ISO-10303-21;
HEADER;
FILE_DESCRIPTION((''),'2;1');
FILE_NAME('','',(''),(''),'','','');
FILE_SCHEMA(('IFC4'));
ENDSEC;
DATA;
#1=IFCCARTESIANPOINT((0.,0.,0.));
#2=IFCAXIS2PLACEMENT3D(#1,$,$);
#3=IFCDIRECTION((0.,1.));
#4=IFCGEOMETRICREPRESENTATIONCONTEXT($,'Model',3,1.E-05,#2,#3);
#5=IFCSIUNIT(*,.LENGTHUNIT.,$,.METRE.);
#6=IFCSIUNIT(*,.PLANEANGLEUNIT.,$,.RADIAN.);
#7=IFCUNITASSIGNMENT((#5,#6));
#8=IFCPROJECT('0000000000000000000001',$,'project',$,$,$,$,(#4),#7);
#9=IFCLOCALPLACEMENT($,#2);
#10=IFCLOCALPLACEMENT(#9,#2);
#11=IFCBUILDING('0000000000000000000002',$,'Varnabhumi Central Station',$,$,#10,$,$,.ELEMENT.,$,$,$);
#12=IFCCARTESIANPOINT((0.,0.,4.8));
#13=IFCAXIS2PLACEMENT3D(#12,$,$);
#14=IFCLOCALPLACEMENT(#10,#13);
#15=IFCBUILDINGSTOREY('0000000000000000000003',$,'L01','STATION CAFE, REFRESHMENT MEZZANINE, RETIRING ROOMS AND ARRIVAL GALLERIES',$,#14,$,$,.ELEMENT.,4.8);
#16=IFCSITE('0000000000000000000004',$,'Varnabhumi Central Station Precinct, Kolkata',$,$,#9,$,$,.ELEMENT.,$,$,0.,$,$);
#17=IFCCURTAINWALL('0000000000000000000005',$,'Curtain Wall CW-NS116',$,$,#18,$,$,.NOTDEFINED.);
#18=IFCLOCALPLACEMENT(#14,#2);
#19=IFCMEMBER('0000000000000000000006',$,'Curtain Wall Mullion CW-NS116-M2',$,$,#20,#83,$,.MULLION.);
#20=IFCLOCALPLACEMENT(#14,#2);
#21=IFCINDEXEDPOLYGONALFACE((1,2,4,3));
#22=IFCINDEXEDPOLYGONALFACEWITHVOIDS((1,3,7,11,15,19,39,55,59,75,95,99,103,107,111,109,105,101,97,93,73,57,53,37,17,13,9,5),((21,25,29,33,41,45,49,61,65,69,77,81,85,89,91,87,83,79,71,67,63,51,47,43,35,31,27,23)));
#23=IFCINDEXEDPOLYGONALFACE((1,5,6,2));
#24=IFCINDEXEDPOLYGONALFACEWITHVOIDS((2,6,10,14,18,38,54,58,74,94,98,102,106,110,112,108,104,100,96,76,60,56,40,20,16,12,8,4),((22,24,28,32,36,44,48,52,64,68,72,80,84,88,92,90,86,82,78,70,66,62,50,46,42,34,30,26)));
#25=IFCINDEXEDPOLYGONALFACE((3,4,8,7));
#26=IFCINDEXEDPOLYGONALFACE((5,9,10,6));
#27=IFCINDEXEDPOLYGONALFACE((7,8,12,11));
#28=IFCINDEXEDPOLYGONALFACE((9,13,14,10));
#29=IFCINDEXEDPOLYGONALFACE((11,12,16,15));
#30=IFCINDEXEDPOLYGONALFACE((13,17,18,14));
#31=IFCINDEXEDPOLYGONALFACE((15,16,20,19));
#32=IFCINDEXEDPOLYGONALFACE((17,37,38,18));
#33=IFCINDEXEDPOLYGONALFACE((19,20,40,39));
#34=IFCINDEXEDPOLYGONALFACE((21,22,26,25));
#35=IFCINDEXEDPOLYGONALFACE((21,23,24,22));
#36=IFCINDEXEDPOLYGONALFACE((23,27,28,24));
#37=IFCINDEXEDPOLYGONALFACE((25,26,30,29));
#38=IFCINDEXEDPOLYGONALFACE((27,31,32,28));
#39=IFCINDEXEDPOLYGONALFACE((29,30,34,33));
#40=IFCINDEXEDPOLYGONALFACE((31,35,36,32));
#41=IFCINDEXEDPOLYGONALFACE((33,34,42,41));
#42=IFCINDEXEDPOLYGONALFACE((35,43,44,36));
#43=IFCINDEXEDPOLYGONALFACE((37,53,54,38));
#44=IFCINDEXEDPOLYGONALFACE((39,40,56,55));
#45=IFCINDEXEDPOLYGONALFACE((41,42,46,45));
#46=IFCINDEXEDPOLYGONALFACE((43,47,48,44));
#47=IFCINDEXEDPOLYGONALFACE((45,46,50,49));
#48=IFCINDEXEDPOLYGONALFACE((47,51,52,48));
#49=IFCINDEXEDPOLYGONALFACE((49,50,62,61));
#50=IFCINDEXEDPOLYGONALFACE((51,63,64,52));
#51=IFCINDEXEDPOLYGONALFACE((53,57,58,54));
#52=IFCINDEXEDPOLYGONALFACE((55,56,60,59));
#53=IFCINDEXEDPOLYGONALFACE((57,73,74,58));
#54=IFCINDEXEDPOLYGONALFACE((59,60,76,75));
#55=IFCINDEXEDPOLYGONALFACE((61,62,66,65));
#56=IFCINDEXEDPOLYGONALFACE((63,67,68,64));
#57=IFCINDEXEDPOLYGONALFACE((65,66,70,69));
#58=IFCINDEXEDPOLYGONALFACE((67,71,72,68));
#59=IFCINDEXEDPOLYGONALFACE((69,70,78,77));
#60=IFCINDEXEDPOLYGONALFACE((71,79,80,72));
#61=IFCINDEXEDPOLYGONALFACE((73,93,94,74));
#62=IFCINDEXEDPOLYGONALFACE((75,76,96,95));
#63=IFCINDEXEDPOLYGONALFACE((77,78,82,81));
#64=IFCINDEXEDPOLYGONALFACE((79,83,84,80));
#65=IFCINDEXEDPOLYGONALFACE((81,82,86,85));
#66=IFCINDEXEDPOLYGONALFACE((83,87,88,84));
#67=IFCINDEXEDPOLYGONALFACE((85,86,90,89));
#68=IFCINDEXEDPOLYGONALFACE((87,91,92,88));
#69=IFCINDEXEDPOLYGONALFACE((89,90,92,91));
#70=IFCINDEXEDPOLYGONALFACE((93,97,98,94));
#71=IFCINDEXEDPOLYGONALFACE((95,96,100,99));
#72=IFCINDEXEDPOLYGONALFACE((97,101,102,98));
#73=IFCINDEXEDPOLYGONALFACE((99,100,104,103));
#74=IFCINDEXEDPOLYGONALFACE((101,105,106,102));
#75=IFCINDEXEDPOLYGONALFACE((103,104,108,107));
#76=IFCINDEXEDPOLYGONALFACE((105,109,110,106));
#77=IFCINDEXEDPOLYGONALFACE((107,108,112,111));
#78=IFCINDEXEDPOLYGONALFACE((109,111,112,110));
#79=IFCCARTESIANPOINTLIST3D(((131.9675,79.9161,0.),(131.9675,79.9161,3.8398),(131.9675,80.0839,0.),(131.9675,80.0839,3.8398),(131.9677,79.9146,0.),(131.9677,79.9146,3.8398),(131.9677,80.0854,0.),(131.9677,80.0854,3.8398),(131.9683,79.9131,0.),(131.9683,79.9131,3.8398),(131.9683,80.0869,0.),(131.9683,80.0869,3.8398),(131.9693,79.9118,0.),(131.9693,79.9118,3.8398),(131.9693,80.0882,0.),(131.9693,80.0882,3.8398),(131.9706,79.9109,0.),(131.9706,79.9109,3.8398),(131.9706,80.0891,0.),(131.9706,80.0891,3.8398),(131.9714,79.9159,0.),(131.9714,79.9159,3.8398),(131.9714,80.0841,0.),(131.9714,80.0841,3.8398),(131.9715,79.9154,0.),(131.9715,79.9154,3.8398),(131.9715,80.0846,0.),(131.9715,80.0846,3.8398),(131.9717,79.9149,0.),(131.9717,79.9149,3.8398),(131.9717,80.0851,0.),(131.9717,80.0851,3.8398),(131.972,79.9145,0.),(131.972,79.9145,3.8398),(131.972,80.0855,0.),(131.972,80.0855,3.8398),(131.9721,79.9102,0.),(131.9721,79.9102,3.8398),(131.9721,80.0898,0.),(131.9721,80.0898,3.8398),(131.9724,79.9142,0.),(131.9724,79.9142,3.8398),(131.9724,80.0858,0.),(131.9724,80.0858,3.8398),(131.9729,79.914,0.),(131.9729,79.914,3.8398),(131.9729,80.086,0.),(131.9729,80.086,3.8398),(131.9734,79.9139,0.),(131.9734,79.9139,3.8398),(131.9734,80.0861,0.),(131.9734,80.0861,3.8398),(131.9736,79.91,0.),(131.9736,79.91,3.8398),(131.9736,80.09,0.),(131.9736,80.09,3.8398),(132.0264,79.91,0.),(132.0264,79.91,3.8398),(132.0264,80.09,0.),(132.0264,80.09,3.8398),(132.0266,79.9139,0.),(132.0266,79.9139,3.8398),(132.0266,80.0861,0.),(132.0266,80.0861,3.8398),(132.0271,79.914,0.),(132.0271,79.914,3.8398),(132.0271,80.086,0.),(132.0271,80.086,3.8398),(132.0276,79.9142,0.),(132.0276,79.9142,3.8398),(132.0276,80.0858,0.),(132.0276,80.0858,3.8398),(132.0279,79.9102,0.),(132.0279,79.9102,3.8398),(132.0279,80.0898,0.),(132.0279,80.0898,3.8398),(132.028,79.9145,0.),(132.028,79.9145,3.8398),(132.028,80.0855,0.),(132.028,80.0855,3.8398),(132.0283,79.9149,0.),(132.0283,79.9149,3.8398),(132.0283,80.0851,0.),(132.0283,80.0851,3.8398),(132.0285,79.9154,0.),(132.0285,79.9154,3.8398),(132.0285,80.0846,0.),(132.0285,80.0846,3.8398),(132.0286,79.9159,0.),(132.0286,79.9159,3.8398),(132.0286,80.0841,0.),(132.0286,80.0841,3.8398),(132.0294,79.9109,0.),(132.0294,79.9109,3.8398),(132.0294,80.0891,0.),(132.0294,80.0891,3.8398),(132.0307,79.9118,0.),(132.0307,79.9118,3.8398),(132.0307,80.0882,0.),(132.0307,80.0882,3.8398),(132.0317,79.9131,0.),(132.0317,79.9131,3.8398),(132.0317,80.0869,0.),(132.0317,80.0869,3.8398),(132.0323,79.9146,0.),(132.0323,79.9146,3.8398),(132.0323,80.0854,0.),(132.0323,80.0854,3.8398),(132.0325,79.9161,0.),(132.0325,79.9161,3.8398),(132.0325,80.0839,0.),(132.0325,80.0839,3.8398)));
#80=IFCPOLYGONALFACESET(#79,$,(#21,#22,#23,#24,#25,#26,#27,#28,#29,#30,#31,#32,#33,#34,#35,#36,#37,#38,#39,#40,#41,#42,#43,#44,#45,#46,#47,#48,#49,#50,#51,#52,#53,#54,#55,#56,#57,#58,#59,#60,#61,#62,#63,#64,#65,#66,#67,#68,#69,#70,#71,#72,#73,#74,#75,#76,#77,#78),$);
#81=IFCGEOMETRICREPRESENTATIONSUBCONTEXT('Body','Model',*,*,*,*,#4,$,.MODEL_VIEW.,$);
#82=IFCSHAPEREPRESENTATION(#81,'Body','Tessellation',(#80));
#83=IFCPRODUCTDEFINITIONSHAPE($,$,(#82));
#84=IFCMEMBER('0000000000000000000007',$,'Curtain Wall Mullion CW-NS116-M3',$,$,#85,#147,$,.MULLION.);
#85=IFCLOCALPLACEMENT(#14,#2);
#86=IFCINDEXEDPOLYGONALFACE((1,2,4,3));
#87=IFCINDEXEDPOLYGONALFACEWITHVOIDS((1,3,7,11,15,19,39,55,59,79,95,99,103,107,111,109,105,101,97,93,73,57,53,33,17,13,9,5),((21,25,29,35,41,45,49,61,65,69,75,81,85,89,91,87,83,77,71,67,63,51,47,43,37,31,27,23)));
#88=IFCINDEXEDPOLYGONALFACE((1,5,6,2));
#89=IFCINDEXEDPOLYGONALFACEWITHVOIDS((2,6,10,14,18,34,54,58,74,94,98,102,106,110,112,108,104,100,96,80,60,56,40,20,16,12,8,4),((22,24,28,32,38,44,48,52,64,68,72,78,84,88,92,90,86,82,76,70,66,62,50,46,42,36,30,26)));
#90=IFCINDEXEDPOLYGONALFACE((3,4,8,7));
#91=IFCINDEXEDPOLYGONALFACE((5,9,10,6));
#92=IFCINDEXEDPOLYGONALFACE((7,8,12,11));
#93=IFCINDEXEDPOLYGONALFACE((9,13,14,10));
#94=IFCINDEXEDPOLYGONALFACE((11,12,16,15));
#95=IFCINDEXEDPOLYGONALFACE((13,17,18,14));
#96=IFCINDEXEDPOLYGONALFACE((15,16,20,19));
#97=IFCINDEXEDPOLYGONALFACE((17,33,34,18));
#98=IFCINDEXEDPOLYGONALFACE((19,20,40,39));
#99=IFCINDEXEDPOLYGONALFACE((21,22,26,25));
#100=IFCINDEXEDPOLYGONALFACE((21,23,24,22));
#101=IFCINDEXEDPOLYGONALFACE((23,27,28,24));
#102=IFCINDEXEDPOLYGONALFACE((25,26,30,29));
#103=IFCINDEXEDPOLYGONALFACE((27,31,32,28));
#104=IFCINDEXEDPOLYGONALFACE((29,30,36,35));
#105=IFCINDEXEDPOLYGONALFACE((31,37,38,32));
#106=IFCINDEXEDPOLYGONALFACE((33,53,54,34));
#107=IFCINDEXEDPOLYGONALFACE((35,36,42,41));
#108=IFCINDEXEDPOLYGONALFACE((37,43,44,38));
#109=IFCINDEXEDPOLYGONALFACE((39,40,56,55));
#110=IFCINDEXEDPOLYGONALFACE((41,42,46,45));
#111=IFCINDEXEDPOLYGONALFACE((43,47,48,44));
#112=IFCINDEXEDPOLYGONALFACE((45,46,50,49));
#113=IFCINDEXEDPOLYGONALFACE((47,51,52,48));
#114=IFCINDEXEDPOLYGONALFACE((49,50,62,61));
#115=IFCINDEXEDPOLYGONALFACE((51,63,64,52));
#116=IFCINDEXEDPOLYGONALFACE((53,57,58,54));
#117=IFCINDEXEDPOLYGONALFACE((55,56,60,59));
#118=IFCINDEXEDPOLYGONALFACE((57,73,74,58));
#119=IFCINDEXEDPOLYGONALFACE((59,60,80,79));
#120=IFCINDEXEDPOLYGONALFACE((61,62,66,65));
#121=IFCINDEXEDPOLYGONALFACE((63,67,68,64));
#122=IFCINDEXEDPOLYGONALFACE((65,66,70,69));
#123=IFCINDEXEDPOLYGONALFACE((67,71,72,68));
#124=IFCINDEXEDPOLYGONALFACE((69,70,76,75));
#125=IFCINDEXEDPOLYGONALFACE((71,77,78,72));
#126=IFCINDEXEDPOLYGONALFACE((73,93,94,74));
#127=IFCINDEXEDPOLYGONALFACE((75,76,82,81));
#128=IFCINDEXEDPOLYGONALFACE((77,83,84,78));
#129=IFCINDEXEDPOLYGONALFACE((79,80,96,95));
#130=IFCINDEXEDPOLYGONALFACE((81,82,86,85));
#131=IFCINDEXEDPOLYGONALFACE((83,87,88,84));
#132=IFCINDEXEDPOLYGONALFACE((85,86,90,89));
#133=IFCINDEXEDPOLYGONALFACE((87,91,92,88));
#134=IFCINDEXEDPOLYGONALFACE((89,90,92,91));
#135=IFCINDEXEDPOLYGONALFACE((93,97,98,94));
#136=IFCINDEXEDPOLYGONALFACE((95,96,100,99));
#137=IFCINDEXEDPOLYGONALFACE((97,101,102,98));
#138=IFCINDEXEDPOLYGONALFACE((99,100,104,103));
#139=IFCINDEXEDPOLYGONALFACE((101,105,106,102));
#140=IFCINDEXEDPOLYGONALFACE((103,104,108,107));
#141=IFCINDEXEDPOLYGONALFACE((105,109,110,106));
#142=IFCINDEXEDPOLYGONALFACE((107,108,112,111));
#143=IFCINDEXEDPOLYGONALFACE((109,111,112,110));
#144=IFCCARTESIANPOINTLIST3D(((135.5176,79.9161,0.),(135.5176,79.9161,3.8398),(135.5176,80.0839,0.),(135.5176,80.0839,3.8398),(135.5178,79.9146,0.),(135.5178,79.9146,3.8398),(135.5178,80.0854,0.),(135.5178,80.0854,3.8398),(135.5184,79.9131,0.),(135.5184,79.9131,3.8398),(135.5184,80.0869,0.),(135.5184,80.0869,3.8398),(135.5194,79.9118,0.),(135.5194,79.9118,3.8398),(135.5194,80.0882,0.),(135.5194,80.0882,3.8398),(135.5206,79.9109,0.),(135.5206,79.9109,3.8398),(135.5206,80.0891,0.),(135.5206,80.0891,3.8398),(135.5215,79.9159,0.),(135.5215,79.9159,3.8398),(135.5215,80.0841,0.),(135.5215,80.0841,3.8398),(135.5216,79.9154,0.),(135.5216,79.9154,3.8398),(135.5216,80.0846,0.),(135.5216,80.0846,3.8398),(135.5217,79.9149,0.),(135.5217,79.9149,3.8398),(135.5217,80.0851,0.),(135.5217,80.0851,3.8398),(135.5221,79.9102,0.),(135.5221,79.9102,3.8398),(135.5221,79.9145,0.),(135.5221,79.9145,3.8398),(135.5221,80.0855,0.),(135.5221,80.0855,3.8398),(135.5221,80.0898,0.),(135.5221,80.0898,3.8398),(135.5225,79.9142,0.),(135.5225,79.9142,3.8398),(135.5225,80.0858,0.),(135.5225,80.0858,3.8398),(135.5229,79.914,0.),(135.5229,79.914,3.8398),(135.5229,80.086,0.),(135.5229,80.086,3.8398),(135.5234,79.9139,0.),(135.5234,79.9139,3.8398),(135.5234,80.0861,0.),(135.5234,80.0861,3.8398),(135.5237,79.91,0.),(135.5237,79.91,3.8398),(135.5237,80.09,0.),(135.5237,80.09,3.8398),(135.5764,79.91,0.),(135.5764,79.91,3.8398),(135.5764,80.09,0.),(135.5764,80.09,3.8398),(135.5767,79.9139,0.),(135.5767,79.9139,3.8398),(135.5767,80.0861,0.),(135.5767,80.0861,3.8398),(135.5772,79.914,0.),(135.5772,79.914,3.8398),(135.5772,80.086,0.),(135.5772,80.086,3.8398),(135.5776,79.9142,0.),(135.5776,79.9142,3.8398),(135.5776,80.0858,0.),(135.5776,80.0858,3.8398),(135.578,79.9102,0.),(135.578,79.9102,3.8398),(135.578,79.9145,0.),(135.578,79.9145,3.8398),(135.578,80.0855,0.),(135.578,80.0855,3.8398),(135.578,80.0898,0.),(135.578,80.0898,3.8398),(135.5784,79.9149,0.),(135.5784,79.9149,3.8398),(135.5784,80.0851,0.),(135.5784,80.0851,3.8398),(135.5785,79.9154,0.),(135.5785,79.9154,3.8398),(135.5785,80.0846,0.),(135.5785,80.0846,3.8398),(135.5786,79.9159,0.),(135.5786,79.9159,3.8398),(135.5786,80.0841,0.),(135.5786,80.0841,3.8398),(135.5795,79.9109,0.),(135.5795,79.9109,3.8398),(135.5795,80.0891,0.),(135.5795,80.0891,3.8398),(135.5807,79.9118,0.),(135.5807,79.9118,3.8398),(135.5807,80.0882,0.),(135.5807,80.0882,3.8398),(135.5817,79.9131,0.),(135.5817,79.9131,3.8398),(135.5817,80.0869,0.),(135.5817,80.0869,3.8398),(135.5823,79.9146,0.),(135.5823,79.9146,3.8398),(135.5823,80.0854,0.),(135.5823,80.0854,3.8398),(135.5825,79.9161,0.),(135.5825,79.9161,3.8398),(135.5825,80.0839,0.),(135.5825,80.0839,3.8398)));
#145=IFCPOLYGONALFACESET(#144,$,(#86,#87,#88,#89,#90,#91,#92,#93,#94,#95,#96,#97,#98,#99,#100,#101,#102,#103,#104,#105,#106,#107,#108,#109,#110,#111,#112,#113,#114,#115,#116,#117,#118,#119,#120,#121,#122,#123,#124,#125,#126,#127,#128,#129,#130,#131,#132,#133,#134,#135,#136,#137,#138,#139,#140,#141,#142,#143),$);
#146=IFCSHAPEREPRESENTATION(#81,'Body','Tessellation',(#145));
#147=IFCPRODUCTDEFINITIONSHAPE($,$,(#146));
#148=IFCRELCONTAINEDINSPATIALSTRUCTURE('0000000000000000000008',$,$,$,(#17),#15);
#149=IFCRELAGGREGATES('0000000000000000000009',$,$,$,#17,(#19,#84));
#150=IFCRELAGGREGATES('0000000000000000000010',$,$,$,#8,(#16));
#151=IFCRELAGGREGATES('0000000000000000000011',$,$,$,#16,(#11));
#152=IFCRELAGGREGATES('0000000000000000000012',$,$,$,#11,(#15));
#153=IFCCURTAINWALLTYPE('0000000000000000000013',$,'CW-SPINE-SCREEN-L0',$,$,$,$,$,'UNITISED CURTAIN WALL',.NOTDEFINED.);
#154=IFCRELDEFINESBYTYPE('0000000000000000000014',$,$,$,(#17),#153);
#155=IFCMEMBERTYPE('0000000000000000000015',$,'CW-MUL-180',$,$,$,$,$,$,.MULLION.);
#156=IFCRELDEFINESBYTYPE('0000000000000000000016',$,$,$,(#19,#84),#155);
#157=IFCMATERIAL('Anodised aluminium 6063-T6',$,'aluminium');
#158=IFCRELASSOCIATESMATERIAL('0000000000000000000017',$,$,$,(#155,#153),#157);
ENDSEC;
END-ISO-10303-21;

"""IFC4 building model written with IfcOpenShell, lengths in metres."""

from ifc_helpers import new_model, si_unit, direction, frame, origin, origin_2d, place, context, subcontext, project, spatial, hollow_rectangle, extrude, material, material_profile, profile_set, type_object, element, aggregate, save


model = new_model("IFC4")

# Units and contexts
model_context = context("Model", 3, precision=1e-05, world=origin(), true_north=direction((0.0, 1.0)))
body_context = subcontext(model_context, "Body", "Model", "MODEL_VIEW")
ifc_project = project(units=[si_unit("LENGTHUNIT", "METRE"), si_unit("PLANEANGLEUNIT", "RADIAN")], contexts=[model_context])

# Site, building, storey
site_placement = place(None, origin())
site = spatial("IfcSite", under=ifc_project, at=site_placement, Name="Varnabhumi Central Station Precinct, Kolkata", CompositionType="ELEMENT", RefElevation=0.0)
building_placement = place(site_placement, origin())
building = spatial("IfcBuilding", under=site, at=building_placement, Name="Varnabhumi Central Station", CompositionType="ELEMENT")
storey_placement = place(building_placement, frame((0.0, 0.0, 4.8)))
storey = spatial("IfcBuildingStorey", under=building, at=storey_placement, Name="L01", Description="STATION CAFE, REFRESHMENT MEZZANINE, RETIRING ROOMS AND ARRIVAL GALLERIES", CompositionType="ELEMENT", Elevation=4.8)

# Curtain wall, members
ifc_material_1 = material(Name="Anodised aluminium 6063-T6", Category="aluminium")
ifc_material_profile_1 = material_profile(ifc_material_1, hollow_rectangle(XDim=0.0649, YDim=0.1799, WallThickness=0.0039, InnerFilletRadius=0.002, OuterFilletRadius=0.0061, at=origin_2d()), Name="Anodised aluminium 6063-T6", Category="aluminium")
ifc_profile_set_1 = profile_set([ifc_material_profile_1], Name="Anodised aluminium 6063-T6")
member_type_1 = type_object("IfcMemberType", Name="CW-MUL-180", PredefinedType="MULLION", material=ifc_profile_set_1)
curtain_wall_type_1 = type_object("IfcCurtainWallType", Name="CW-SPINE-SCREEN-L0", ElementType="UNITISED CURTAIN WALL", PredefinedType="NOTDEFINED", material=ifc_material_1)
curtain_wall_1_placement = place(storey_placement, origin())
curtain_wall_1 = element("IfcCurtainWall", 1, at=curtain_wall_1_placement, inside=storey, type_object=curtain_wall_type_1, Name="Curtain Wall CW-NS116", PredefinedType="NOTDEFINED")
member_1_placement = place(storey_placement, frame((132.0, 80.0, 0.0), z_axis=(0.0, 0.0, 1.0), x_axis=(1.0, 0.0, 0.0)))
member_1 = element("IfcMember", 2, at=member_1_placement, type_object=member_type_1, Name="Curtain Wall Mullion CW-NS116-M2", PredefinedType="MULLION", context=body_context, shape_type="SweptSolid", body=[
    extrude(hollow_rectangle(XDim=0.0649, YDim=0.1799, WallThickness=0.0039, InnerFilletRadius=0.002, OuterFilletRadius=0.0061, at=origin_2d()), origin(), (0.0, 0.0, 1.0), 3.8398),
])
member_2_placement = place(storey_placement, frame((135.55, 80.0, 0.0), z_axis=(0.0, 0.0, 1.0), x_axis=(1.0, 0.0, 0.0)))
member_2 = element("IfcMember", 3, at=member_2_placement, type_object=member_type_1, Name="Curtain Wall Mullion CW-NS116-M3", PredefinedType="MULLION", context=body_context, shape_type="SweptSolid", body=[
    extrude(hollow_rectangle(XDim=0.0649, YDim=0.1799, WallThickness=0.0039, InnerFilletRadius=0.002, OuterFilletRadius=0.0061, at=origin_2d()), origin(), (0.0, 0.0, 1.0), 3.8398),
])

aggregate(curtain_wall_1, [member_1, member_2])

save(model, "model.ifc")
